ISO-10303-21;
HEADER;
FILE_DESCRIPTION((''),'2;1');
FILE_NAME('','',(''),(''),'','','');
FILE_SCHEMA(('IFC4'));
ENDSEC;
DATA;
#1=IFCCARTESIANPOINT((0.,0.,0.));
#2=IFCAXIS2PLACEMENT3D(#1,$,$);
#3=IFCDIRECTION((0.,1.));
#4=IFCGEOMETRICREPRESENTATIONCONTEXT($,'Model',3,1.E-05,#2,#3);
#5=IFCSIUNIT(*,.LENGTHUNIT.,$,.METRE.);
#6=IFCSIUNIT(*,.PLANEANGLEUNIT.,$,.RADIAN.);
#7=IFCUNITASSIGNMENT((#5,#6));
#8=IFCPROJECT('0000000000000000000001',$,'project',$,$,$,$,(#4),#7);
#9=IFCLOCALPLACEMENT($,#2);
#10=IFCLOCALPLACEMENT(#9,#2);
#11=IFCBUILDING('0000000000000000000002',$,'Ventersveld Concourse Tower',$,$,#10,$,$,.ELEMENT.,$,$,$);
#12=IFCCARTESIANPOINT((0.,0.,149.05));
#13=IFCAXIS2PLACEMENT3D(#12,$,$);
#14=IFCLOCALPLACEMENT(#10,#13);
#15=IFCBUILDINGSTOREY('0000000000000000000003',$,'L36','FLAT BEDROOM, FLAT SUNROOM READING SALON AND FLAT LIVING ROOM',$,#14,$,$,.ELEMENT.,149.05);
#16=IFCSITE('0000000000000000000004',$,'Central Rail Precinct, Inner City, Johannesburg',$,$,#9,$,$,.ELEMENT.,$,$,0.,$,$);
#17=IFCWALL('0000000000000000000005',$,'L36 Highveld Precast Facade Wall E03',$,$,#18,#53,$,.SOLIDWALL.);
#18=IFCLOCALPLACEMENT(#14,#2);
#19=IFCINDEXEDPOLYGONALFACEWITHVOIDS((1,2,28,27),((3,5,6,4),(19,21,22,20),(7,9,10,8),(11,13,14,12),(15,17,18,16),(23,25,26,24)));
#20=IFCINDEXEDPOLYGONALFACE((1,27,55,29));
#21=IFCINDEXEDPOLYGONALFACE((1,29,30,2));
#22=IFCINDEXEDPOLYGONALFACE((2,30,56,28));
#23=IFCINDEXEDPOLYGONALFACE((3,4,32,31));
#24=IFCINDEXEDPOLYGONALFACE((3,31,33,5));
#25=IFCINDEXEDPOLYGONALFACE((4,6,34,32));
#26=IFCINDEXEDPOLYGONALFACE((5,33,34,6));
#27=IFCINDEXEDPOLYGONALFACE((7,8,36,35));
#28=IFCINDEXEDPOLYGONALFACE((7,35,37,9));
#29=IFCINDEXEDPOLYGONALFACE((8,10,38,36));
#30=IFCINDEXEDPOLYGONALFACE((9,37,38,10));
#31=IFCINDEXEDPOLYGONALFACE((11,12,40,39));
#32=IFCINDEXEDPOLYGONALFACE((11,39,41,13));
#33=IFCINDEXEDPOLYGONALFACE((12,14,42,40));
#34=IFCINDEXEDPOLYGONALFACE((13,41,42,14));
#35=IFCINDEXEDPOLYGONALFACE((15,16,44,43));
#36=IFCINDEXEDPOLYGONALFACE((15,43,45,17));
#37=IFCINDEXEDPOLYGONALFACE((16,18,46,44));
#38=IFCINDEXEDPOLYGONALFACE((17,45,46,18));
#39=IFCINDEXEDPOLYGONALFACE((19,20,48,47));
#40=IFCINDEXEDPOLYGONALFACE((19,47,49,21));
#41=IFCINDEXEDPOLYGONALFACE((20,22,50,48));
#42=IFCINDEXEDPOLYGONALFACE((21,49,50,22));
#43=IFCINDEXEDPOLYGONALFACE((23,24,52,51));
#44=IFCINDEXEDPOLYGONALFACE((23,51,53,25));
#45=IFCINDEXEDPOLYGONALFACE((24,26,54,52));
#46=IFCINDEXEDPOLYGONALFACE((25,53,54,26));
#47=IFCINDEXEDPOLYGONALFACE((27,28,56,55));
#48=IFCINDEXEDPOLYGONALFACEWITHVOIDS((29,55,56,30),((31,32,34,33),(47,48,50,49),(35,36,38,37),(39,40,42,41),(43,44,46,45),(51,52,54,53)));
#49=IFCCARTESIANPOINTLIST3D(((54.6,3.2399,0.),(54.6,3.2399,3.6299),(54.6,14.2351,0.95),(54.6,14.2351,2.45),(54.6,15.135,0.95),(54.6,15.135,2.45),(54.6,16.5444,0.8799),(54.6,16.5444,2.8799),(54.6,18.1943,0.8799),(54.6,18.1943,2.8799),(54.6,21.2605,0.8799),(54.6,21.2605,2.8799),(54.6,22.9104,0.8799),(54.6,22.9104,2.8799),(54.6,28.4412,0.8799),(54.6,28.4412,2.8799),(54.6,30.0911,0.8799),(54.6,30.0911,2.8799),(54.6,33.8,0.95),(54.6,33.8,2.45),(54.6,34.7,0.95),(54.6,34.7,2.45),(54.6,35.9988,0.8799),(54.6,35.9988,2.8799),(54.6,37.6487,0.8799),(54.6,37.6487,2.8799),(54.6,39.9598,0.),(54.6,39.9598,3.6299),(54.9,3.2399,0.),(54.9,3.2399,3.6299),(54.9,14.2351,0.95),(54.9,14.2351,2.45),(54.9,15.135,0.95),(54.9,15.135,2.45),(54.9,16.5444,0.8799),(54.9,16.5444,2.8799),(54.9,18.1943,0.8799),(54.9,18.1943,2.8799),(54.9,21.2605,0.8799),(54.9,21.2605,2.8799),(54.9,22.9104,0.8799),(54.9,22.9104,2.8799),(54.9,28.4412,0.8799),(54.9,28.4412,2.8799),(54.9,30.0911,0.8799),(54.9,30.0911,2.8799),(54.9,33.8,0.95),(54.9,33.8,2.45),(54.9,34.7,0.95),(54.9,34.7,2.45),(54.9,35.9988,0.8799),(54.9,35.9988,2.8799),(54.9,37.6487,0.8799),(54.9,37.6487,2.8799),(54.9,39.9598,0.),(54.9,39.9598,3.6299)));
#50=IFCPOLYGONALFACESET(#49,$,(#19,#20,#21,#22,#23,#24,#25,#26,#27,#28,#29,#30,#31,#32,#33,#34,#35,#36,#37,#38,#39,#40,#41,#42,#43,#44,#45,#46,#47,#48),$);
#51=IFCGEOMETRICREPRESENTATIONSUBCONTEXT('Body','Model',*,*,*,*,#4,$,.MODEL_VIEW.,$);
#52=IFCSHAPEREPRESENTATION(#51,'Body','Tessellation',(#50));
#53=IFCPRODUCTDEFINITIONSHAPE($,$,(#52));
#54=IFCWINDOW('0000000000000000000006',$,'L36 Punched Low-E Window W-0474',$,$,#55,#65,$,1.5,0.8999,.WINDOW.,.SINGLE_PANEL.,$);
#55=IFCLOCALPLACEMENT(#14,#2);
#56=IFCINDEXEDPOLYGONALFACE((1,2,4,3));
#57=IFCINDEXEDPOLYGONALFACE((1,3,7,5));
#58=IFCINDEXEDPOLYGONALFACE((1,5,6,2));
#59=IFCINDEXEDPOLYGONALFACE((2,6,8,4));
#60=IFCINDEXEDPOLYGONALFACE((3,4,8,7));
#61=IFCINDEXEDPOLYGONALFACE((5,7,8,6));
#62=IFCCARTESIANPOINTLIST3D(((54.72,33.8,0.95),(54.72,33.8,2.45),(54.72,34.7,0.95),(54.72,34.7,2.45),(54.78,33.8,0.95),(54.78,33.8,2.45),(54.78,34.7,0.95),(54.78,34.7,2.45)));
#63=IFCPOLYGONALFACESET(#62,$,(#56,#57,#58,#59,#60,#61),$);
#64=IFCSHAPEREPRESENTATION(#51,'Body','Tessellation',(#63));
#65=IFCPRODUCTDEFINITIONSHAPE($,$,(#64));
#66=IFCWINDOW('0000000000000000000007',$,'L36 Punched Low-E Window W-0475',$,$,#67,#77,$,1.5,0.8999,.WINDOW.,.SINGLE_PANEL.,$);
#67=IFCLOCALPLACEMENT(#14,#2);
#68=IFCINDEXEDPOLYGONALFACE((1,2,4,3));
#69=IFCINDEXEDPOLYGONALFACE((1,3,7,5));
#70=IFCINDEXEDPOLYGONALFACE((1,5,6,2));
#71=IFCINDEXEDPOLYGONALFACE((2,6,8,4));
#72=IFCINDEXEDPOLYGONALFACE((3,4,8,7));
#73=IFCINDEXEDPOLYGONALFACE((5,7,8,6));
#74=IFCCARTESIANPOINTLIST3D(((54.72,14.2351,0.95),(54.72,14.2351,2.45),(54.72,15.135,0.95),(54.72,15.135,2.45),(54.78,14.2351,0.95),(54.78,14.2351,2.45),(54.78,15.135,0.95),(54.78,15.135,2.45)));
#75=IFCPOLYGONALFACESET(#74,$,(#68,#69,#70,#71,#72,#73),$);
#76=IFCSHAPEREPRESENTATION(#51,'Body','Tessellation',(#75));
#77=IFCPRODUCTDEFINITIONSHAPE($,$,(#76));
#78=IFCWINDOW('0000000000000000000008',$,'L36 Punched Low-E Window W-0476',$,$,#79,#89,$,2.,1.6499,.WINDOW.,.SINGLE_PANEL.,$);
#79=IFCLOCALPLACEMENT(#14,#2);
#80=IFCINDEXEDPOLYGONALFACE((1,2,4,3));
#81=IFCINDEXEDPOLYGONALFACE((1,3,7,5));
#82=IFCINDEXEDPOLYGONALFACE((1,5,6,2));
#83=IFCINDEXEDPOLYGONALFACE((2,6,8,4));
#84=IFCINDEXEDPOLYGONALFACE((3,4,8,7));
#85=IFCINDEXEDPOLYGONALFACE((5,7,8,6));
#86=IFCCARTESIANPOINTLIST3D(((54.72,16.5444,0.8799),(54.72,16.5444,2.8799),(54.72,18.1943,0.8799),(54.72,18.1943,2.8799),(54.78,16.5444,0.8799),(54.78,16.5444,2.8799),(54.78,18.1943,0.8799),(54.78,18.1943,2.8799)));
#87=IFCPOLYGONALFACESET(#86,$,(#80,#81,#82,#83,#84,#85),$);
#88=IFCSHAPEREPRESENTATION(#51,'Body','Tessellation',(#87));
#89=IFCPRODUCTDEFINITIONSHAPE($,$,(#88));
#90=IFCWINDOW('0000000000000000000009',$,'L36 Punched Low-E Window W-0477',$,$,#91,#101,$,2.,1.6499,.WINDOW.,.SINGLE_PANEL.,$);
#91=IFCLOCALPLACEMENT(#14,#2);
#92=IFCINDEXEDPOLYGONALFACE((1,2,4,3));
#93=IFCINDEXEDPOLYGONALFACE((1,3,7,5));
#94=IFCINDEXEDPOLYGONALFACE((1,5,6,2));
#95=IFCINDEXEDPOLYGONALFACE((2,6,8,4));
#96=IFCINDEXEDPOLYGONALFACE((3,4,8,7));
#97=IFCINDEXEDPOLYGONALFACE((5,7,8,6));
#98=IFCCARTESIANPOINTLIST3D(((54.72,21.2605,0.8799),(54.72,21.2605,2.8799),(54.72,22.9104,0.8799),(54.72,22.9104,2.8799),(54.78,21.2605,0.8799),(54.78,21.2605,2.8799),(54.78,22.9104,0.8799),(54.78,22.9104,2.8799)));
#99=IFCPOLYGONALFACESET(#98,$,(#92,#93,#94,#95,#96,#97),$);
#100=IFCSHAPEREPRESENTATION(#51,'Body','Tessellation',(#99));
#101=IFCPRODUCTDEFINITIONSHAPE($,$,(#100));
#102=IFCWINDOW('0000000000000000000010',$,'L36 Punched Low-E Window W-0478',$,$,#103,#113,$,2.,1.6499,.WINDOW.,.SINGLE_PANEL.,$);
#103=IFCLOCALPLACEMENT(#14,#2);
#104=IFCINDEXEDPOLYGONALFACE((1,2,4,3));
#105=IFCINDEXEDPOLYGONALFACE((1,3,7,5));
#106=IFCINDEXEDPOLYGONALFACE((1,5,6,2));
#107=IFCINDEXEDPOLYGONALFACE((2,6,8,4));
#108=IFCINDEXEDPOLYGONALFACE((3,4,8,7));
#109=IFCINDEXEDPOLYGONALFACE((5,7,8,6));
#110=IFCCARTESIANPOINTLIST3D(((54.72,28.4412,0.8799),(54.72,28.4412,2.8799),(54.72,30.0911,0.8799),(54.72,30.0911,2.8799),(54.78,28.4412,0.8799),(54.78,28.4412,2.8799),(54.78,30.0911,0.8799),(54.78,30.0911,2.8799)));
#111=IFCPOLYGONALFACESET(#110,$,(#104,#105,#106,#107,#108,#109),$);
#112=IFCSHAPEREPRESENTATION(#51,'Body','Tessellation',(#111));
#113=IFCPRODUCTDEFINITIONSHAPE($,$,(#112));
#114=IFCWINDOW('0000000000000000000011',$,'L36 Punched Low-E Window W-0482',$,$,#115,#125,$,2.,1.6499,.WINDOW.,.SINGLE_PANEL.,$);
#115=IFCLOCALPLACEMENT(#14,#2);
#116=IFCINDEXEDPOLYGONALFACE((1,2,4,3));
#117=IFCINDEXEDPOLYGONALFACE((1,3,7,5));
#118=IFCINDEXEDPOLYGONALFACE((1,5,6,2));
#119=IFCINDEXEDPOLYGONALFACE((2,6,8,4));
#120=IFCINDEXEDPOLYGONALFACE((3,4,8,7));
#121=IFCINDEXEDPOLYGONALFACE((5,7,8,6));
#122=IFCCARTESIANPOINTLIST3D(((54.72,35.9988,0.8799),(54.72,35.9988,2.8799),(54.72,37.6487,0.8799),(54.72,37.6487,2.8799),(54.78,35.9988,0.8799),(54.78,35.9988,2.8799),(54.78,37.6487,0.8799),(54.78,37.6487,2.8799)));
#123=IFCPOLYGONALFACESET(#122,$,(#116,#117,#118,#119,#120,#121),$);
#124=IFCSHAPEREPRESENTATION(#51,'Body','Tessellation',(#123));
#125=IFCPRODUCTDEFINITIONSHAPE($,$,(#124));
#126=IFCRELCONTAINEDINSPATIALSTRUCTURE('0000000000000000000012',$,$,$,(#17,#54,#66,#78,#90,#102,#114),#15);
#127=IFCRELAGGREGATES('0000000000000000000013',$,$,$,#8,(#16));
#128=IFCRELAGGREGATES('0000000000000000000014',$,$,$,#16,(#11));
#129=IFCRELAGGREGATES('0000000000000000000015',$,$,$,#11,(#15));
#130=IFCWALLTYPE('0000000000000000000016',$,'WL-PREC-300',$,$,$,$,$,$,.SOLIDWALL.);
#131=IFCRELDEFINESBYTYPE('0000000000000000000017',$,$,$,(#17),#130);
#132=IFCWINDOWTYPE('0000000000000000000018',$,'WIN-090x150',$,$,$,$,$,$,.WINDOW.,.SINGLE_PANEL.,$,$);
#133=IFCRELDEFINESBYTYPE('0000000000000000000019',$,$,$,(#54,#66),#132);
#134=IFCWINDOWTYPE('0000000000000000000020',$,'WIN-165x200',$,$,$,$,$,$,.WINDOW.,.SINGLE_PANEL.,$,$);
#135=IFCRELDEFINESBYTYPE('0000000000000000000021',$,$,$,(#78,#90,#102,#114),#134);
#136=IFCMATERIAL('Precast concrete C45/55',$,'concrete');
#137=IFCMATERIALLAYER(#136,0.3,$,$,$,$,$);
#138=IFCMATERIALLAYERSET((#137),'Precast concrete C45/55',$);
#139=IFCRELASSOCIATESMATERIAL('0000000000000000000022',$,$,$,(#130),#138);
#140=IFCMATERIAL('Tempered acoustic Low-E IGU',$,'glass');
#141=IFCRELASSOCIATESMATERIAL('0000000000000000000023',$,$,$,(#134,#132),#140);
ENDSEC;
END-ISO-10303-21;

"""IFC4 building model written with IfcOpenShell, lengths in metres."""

from ifc_helpers import new_model, si_unit, direction, frame, frame_2d, origin, place, context, subcontext, project, spatial, rectangle, extrude, material, layer, layer_set, type_object, element, fill, save


model = new_model("IFC4")

# Units and contexts
model_context = context("Model", 3, precision=1e-05, world=origin(), true_north=direction((0.0, 1.0)))
body_context = subcontext(model_context, "Body", "Model", "MODEL_VIEW")
ifc_project = project(units=[si_unit("LENGTHUNIT", "METRE"), si_unit("PLANEANGLEUNIT", "RADIAN")], contexts=[model_context])

# Site, building, storey
site_placement = place(None, origin())
site = spatial("IfcSite", under=ifc_project, at=site_placement, Name="Central Rail Precinct, Inner City, Johannesburg", CompositionType="ELEMENT", RefElevation=0.0)
building_placement = place(site_placement, origin())
building = spatial("IfcBuilding", under=site, at=building_placement, Name="Ventersveld Concourse Tower", CompositionType="ELEMENT")
storey_placement = place(building_placement, frame((0.0, 0.0, 149.05)))
storey = spatial("IfcBuildingStorey", under=building, at=storey_placement, Name="L36", Description="FLAT BEDROOM, FLAT SUNROOM READING SALON AND FLAT LIVING ROOM", CompositionType="ELEMENT", Elevation=149.05)

# Shared definitions
ifc_material_1 = material(Name="Precast concrete C45/55", Category="concrete")
ifc_layer_1 = layer(ifc_material_1, 0.3)
ifc_layer_set_1 = layer_set([ifc_layer_1], Name="Precast concrete C45/55")
wall_type_1 = type_object("IfcWallType", Name="WL-PREC-300", PredefinedType="SOLIDWALL", material=ifc_layer_set_1)
ifc_material_2 = material(Name="Tempered acoustic Low-E IGU", Category="glass")
window_type_1 = type_object("IfcWindowType", Name="WIN-165x200", PartitioningType="SINGLE_PANEL", PredefinedType="WINDOW", material=ifc_material_2)

# Wall, openings, windows
wall_1_placement = place(storey_placement, frame((54.75, 3.24, 0.0), z_axis=(0.0, 0.0, 1.0), x_axis=(0.0, 1.0, 0.0)))
wall_1 = element("IfcWall", 1, at=wall_1_placement, inside=storey, type_object=wall_type_1, Name="L36 Highveld Precast Facade Wall E03", PredefinedType="SOLIDWALL", context=body_context, shape_type="SweptSolid", body=[
    extrude(rectangle(XDim=36.72, YDim=0.3, at=frame_2d((18.3599, 0.0))), origin(), (0.0, 0.0, 1.0), 3.6299),
])
opening_1_placement = place(wall_1_placement, frame((30.5601, 0.0, 0.95)))
opening_1 = element("IfcOpeningElement", 2, at=opening_1_placement, cuts=wall_1, PredefinedType="OPENING", context=body_context, shape_type="SweptSolid", body=[
    extrude(rectangle(XDim=0.8999, YDim=1.5, at=frame_2d((0.45, 0.75))), frame((0.0, 0.1602, 0.0), z_axis=(0.0, -1.0, 0.0), x_axis=(1.0, 0.0, 0.0)), (0.0, 0.0, 1.0), 0.3201),
])
opening_2_placement = place(wall_1_placement, frame((10.9951, 0.0, 0.95)))
opening_2 = element("IfcOpeningElement", 3, at=opening_2_placement, cuts=wall_1, PredefinedType="OPENING", context=body_context, shape_type="SweptSolid", body=[
    extrude(rectangle(XDim=0.8999, YDim=1.5, at=frame_2d((0.45, 0.75))), frame((0.0, 0.1602, 0.0), z_axis=(0.0, -1.0, 0.0), x_axis=(1.0, 0.0, 0.0)), (0.0, 0.0, 1.0), 0.3201),
])
opening_3_placement = place(wall_1_placement, frame((13.3044, 0.0, 0.8799)))
opening_3 = element("IfcOpeningElement", 4, at=opening_3_placement, cuts=wall_1, PredefinedType="OPENING", context=body_context, shape_type="SweptSolid", body=[
    extrude(rectangle(XDim=1.6499, YDim=2.0, at=frame_2d((0.825, 1.0))), frame((0.0, 0.1602, 0.0), z_axis=(0.0, -1.0, 0.0), x_axis=(1.0, 0.0, 0.0)), (0.0, 0.0, 1.0), 0.3201),
])
opening_4_placement = place(wall_1_placement, frame((18.0205, 0.0, 0.8799)))
opening_4 = element("IfcOpeningElement", 5, at=opening_4_placement, cuts=wall_1, PredefinedType="OPENING", context=body_context, shape_type="SweptSolid", body=[
    extrude(rectangle(XDim=1.6499, YDim=2.0, at=frame_2d((0.825, 1.0))), frame((0.0, 0.1602, 0.0), z_axis=(0.0, -1.0, 0.0), x_axis=(1.0, 0.0, 0.0)), (0.0, 0.0, 1.0), 0.3201),
])
opening_5_placement = place(wall_1_placement, frame((25.2012, 0.0, 0.8799)))
opening_5 = element("IfcOpeningElement", 6, at=opening_5_placement, cuts=wall_1, PredefinedType="OPENING", context=body_context, shape_type="SweptSolid", body=[
    extrude(rectangle(XDim=1.6499, YDim=2.0, at=frame_2d((0.825, 1.0))), frame((0.0, 0.1602, 0.0), z_axis=(0.0, -1.0, 0.0), x_axis=(1.0, 0.0, 0.0)), (0.0, 0.0, 1.0), 0.3201),
])
opening_6_placement = place(wall_1_placement, frame((32.7588, 0.0, 0.8799)))
opening_6 = element("IfcOpeningElement", 7, at=opening_6_placement, cuts=wall_1, PredefinedType="OPENING", context=body_context, shape_type="SweptSolid", body=[
    extrude(rectangle(XDim=1.6499, YDim=2.0, at=frame_2d((0.825, 1.0))), frame((0.0, 0.1602, 0.0), z_axis=(0.0, -1.0, 0.0), x_axis=(1.0, 0.0, 0.0)), (0.0, 0.0, 1.0), 0.3201),
])
window_type_2 = type_object("IfcWindowType", Name="WIN-090x150", PartitioningType="SINGLE_PANEL", PredefinedType="WINDOW", material=ifc_material_2)
window_1_placement = place(opening_1_placement, origin())
window_1 = element("IfcWindow", 8, at=window_1_placement, inside=storey, type_object=window_type_2, Name="L36 Punched Low-E Window W-0474", OverallHeight=1.5, OverallWidth=0.8999, PartitioningType="SINGLE_PANEL", PredefinedType="WINDOW", context=body_context, shape_type="SweptSolid", body=[
    extrude(rectangle(XDim=0.8999, YDim=1.5, at=frame_2d((0.45, 0.75))), frame((0.0, 0.03, 0.0), z_axis=(0.0, -1.0, 0.0), x_axis=(1.0, 0.0, 0.0)), (0.0, 0.0, 1.0), 0.0601),
])
fill(opening_1, window_1)
window_2_placement = place(opening_2_placement, origin())
window_2 = element("IfcWindow", 9, at=window_2_placement, inside=storey, type_object=window_type_2, Name="L36 Punched Low-E Window W-0475", OverallHeight=1.5, OverallWidth=0.8999, PartitioningType="SINGLE_PANEL", PredefinedType="WINDOW", context=body_context, shape_type="SweptSolid", body=[
    extrude(rectangle(XDim=0.8999, YDim=1.5, at=frame_2d((0.45, 0.75))), frame((0.0, 0.03, 0.0), z_axis=(0.0, -1.0, 0.0), x_axis=(1.0, 0.0, 0.0)), (0.0, 0.0, 1.0), 0.0601),
])
fill(opening_2, window_2)
window_3_placement = place(opening_3_placement, origin())
window_3 = element("IfcWindow", 10, at=window_3_placement, inside=storey, type_object=window_type_1, Name="L36 Punched Low-E Window W-0476", OverallHeight=2.0, OverallWidth=1.6499, PartitioningType="SINGLE_PANEL", PredefinedType="WINDOW", context=body_context, shape_type="SweptSolid", body=[
    extrude(rectangle(XDim=1.6499, YDim=2.0, at=frame_2d((0.825, 1.0))), frame((0.0, 0.03, 0.0), z_axis=(0.0, -1.0, 0.0), x_axis=(1.0, 0.0, 0.0)), (0.0, 0.0, 1.0), 0.0601),
])
fill(opening_3, window_3)
window_4_placement = place(opening_4_placement, origin())
window_4 = element("IfcWindow", 11, at=window_4_placement, inside=storey, type_object=window_type_1, Name="L36 Punched Low-E Window W-0477", OverallHeight=2.0, OverallWidth=1.6499, PartitioningType="SINGLE_PANEL", PredefinedType="WINDOW", context=body_context, shape_type="SweptSolid", body=[
    extrude(rectangle(XDim=1.6499, YDim=2.0, at=frame_2d((0.825, 1.0))), frame((0.0, 0.03, 0.0), z_axis=(0.0, -1.0, 0.0), x_axis=(1.0, 0.0, 0.0)), (0.0, 0.0, 1.0), 0.0601),
])
fill(opening_4, window_4)
window_5_placement = place(opening_5_placement, origin())
window_5 = element("IfcWindow", 12, at=window_5_placement, inside=storey, type_object=window_type_1, Name="L36 Punched Low-E Window W-0478", OverallHeight=2.0, OverallWidth=1.6499, PartitioningType="SINGLE_PANEL", PredefinedType="WINDOW", context=body_context, shape_type="SweptSolid", body=[
    extrude(rectangle(XDim=1.6499, YDim=2.0, at=frame_2d((0.825, 1.0))), frame((0.0, 0.03, 0.0), z_axis=(0.0, -1.0, 0.0), x_axis=(1.0, 0.0, 0.0)), (0.0, 0.0, 1.0), 0.0601),
])
fill(opening_5, window_5)
window_6_placement = place(opening_6_placement, origin())
window_6 = element("IfcWindow", 13, at=window_6_placement, inside=storey, type_object=window_type_1, Name="L36 Punched Low-E Window W-0482", OverallHeight=2.0, OverallWidth=1.6499, PartitioningType="SINGLE_PANEL", PredefinedType="WINDOW", context=body_context, shape_type="SweptSolid", body=[
    extrude(rectangle(XDim=1.6499, YDim=2.0, at=frame_2d((0.825, 1.0))), frame((0.0, 0.03, 0.0), z_axis=(0.0, -1.0, 0.0), x_axis=(1.0, 0.0, 0.0)), (0.0, 0.0, 1.0), 0.0601),
])
fill(opening_6, window_6)

save(model, "model.ifc")
